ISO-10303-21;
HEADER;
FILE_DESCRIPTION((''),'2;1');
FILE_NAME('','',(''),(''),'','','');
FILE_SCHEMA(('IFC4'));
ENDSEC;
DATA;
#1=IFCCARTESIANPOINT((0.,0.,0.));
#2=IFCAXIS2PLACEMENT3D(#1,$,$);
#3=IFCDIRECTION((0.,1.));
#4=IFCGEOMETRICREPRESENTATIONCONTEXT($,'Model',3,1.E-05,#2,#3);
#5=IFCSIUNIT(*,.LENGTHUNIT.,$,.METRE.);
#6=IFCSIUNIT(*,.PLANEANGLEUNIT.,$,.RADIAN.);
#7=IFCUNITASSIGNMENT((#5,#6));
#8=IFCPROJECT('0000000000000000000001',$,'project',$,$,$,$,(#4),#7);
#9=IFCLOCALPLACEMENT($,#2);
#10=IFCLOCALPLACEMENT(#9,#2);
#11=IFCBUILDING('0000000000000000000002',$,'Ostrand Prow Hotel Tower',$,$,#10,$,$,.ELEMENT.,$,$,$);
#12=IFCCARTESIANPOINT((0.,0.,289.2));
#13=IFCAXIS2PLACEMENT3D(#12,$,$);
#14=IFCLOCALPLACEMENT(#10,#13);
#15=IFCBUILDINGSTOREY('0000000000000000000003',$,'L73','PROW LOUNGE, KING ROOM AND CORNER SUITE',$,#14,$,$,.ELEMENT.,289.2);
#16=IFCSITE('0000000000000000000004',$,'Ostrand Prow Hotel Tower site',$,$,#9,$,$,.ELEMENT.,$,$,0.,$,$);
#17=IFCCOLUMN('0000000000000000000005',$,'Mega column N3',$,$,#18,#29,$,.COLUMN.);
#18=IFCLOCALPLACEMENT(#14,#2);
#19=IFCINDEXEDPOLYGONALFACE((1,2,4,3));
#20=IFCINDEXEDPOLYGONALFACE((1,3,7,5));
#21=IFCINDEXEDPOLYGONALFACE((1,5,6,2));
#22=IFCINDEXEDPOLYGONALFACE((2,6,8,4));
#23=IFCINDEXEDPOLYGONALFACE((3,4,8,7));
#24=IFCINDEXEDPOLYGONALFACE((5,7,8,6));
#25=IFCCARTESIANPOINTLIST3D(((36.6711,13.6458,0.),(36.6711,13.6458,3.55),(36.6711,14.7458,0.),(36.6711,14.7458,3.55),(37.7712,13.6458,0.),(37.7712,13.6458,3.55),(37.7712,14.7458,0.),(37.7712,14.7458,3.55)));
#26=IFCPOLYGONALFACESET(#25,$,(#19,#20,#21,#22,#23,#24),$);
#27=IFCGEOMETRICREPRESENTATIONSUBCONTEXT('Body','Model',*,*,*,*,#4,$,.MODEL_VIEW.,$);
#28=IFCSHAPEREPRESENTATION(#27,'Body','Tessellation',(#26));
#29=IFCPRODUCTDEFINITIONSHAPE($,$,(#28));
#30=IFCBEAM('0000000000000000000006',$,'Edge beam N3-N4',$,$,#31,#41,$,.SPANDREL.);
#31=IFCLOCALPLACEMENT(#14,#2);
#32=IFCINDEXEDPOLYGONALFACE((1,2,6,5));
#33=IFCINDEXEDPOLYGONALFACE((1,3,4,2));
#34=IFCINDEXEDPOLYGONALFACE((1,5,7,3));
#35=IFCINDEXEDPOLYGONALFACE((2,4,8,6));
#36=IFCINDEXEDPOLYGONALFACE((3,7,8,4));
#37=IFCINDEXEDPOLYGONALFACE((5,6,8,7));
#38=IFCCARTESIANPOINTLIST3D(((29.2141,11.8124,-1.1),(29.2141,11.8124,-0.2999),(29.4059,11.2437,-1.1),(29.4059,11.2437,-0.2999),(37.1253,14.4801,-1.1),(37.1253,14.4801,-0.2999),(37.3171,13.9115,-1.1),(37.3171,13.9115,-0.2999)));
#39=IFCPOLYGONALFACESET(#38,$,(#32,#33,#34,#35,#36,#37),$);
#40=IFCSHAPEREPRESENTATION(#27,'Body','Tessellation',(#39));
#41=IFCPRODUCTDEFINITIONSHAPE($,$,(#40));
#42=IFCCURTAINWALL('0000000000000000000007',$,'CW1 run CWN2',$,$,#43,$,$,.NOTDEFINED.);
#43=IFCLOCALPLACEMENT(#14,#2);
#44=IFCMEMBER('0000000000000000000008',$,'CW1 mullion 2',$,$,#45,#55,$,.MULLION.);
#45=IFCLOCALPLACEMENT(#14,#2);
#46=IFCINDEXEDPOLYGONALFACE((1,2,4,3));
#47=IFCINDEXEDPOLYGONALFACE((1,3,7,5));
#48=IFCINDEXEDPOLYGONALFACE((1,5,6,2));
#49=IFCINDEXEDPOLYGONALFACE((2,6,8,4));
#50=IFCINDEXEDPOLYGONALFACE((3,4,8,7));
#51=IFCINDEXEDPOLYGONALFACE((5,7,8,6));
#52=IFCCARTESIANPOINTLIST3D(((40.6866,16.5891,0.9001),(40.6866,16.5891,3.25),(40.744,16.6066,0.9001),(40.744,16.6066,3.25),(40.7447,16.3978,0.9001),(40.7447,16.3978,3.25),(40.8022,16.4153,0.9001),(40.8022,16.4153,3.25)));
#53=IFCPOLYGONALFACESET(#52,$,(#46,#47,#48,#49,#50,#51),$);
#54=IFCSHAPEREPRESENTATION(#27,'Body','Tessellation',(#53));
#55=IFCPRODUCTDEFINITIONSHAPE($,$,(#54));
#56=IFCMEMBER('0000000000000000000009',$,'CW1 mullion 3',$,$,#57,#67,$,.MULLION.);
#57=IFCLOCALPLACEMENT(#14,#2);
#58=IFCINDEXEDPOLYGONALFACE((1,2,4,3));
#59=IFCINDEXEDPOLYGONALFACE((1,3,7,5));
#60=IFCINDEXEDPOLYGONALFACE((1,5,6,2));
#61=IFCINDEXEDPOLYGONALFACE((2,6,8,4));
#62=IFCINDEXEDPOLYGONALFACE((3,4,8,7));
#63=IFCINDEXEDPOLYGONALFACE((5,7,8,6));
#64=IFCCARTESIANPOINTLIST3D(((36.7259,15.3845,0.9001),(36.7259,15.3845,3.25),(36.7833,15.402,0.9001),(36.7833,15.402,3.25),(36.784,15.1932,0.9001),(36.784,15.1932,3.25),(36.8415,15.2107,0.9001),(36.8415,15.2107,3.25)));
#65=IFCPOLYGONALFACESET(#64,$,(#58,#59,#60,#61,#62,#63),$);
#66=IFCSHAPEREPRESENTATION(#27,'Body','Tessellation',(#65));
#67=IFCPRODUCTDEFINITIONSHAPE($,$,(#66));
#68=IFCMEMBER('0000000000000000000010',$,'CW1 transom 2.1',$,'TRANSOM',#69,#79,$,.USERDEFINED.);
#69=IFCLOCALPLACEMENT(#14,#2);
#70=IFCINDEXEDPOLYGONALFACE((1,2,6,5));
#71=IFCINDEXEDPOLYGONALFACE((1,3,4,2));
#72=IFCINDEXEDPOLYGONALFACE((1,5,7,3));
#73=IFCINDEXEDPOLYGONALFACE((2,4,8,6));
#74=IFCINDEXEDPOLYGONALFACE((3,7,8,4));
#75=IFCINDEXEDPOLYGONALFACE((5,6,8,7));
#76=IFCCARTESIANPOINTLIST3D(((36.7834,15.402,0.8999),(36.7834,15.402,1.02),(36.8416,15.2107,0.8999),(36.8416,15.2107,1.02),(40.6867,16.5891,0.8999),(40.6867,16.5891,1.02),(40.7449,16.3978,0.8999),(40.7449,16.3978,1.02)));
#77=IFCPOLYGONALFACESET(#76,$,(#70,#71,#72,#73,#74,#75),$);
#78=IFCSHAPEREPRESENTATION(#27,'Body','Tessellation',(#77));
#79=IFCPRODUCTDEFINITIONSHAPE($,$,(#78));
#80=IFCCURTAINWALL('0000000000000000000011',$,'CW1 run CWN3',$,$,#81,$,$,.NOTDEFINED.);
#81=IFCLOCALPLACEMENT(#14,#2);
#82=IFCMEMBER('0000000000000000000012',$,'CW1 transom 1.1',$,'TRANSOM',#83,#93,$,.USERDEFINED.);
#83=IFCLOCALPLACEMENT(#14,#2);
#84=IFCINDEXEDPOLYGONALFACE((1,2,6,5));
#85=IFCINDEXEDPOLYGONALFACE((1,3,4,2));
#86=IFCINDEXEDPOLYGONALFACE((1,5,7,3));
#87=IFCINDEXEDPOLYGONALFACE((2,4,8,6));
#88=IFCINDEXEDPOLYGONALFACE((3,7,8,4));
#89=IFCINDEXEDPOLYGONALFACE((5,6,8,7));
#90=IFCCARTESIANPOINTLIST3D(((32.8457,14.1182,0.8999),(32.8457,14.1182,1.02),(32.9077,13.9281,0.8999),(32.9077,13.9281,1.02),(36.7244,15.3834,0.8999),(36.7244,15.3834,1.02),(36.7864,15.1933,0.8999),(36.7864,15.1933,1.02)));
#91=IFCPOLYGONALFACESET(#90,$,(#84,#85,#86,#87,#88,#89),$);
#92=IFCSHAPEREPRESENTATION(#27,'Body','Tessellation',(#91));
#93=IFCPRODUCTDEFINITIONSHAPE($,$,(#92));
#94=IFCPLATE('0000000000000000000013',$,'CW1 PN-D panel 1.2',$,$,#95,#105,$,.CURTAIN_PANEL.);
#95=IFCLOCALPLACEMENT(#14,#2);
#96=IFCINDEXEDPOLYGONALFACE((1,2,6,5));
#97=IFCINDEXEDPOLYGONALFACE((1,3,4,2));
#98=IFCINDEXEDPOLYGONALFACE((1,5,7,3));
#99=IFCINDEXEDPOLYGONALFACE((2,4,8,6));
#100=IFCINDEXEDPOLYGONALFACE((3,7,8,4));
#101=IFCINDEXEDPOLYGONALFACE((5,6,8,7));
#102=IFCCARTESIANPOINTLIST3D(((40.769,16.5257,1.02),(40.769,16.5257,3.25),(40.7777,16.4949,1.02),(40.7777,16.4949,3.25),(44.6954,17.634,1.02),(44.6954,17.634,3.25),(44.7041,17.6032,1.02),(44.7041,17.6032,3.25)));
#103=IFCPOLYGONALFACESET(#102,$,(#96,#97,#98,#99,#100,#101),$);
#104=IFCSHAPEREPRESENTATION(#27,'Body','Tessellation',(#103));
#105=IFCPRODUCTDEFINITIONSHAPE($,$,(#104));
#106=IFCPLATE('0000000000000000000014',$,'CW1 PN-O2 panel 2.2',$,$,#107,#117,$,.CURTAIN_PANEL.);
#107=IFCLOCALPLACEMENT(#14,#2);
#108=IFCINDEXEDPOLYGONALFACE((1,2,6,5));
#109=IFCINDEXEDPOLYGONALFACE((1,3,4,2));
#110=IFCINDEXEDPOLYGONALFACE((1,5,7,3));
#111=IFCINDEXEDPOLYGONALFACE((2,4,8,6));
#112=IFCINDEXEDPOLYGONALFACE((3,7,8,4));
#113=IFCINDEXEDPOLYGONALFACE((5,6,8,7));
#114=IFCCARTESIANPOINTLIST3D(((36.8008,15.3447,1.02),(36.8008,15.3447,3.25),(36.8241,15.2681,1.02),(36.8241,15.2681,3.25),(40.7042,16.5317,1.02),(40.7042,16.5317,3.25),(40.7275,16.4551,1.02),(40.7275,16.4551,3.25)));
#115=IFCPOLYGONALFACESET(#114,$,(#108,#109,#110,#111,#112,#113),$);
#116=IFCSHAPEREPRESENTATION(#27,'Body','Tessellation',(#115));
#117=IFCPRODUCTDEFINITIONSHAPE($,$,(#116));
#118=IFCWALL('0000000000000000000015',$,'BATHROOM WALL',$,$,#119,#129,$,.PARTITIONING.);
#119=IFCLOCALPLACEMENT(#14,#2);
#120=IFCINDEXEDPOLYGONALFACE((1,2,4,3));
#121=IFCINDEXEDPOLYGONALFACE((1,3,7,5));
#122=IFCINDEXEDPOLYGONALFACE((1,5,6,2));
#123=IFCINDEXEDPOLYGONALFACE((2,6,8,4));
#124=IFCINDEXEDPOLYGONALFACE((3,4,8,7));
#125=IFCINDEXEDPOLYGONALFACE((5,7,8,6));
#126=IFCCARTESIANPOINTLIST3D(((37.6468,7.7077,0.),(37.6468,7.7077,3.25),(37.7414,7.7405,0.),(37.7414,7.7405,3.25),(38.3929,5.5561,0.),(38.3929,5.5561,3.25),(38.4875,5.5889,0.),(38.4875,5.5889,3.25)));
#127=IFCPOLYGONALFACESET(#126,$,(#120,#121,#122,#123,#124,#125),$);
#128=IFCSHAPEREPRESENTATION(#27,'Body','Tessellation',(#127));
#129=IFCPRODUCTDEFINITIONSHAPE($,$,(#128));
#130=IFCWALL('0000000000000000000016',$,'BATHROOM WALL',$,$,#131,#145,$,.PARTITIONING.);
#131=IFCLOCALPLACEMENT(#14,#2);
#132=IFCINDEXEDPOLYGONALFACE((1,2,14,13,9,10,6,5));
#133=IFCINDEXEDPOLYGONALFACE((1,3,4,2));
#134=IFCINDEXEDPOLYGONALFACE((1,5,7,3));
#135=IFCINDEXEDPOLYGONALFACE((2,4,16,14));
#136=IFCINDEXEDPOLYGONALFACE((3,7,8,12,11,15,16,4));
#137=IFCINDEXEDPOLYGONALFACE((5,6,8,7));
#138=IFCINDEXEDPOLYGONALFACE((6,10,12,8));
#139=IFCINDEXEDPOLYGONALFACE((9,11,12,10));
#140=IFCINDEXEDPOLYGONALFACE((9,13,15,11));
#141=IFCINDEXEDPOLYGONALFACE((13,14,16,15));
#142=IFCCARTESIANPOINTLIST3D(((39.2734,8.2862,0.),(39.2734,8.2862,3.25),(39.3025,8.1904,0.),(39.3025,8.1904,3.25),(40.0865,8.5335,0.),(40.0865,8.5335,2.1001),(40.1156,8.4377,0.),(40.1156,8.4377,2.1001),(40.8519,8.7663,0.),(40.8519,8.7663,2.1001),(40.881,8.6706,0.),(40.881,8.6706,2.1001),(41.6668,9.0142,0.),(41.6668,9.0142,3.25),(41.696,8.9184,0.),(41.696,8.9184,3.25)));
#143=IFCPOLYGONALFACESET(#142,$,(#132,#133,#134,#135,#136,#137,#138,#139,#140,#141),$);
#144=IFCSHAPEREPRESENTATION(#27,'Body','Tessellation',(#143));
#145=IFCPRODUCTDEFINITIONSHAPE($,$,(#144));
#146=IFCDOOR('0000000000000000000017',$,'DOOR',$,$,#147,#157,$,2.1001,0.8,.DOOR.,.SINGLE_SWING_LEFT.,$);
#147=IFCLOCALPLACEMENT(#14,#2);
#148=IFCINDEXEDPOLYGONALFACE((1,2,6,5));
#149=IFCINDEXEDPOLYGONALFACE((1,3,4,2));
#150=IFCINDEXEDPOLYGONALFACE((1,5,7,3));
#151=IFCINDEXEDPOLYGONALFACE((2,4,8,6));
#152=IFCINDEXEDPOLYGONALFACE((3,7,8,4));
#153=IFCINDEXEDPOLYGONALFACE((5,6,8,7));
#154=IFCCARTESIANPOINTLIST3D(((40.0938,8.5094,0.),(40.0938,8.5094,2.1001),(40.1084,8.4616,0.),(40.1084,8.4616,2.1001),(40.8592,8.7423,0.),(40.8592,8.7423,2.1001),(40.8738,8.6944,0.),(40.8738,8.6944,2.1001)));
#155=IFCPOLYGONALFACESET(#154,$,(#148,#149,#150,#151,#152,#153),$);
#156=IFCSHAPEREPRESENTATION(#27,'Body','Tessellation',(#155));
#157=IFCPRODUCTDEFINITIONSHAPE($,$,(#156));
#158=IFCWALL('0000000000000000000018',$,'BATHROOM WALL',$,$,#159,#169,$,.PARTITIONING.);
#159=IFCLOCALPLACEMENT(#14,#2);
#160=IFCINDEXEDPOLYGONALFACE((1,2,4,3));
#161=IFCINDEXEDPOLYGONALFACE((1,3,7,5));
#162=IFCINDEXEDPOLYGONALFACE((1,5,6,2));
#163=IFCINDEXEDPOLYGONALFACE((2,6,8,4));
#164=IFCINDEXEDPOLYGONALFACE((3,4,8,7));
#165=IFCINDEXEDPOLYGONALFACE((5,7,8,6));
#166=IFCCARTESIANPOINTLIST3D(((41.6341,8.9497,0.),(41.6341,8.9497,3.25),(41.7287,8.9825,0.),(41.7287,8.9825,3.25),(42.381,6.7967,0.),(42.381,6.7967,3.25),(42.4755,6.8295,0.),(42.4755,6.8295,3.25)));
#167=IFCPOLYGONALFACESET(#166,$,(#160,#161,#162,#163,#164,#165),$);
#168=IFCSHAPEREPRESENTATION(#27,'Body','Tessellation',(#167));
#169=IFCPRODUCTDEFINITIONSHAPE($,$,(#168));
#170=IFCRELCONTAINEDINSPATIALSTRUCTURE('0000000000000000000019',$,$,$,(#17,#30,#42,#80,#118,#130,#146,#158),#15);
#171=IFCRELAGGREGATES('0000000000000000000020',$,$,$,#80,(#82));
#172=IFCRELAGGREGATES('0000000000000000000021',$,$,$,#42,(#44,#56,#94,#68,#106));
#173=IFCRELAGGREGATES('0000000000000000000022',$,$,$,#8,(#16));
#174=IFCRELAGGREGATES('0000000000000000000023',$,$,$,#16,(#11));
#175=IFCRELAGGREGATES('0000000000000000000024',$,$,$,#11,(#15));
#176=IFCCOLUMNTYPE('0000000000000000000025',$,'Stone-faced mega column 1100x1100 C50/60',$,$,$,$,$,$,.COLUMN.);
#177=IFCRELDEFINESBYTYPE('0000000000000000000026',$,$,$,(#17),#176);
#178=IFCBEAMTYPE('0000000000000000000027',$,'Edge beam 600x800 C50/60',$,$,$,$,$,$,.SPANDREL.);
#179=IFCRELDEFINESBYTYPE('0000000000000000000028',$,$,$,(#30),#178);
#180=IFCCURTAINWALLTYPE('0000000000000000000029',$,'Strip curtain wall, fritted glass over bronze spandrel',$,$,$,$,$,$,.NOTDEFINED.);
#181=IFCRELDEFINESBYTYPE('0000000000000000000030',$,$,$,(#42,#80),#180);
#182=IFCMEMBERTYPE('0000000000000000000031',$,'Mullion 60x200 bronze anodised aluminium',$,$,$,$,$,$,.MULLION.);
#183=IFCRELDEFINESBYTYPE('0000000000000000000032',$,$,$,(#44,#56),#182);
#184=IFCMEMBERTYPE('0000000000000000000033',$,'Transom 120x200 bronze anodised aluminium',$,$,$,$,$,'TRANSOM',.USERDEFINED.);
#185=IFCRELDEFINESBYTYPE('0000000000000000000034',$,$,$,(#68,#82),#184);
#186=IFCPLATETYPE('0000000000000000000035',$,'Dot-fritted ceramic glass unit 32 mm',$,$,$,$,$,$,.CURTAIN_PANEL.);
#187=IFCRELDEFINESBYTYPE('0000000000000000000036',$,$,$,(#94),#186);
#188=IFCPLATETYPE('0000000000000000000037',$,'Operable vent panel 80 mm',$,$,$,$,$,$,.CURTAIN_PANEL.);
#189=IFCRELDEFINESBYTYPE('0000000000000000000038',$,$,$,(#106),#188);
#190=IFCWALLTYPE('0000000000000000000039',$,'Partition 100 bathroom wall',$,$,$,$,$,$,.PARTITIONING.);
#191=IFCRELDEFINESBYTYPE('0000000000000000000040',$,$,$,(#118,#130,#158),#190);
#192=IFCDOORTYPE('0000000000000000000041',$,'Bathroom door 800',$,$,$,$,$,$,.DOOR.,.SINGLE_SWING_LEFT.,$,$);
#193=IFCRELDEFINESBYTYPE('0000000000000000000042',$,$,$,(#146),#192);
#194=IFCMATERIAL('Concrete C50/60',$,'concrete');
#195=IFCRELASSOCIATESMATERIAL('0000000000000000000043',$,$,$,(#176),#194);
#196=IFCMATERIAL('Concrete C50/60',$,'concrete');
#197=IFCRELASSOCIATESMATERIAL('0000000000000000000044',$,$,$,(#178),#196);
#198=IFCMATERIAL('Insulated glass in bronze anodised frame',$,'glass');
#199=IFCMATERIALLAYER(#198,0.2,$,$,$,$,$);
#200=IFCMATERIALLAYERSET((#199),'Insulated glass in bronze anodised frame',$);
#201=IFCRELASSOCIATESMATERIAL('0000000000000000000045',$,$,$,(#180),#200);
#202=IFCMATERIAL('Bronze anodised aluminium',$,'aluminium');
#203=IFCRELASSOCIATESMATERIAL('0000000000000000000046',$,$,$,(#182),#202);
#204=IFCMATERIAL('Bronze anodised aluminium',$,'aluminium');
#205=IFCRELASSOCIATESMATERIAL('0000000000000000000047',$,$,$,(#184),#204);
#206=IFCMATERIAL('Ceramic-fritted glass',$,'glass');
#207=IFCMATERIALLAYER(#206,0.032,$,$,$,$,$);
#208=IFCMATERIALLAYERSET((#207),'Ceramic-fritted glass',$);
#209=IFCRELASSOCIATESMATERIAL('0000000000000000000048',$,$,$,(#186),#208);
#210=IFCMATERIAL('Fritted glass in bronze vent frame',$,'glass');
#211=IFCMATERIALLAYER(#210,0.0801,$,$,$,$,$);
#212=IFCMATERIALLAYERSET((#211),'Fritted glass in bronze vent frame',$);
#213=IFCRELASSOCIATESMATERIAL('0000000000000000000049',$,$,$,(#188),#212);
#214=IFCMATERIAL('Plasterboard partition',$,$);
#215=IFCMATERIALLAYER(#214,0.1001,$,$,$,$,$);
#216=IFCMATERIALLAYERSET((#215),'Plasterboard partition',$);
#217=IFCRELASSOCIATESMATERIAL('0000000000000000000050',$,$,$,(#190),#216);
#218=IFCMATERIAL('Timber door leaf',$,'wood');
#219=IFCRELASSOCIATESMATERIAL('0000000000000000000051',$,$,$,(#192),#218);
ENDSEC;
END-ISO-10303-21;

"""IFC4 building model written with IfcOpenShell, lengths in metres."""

from ifc_helpers import new_model, si_unit, direction, frame, frame_2d, origin, origin_2d, place, context, subcontext, project, spatial, rectangle, extrude, material, layer, layer_set, material_profile, profile_set, type_object, element, fill, aggregate, save


model = new_model("IFC4")

# Units and contexts
model_context = context("Model", 3, precision=1e-05, world=origin(), true_north=direction((0.0, 1.0)))
body_context = subcontext(model_context, "Body", "Model", "MODEL_VIEW")
ifc_project = project(units=[si_unit("LENGTHUNIT", "METRE"), si_unit("PLANEANGLEUNIT", "RADIAN")], contexts=[model_context])

# Site, building, storey
site_placement = place(None, origin())
site = spatial("IfcSite", under=ifc_project, at=site_placement, Name="Ostrand Prow Hotel Tower site", CompositionType="ELEMENT", RefElevation=0.0)
building_placement = place(site_placement, origin())
building = spatial("IfcBuilding", under=site, at=building_placement, Name="Ostrand Prow Hotel Tower", CompositionType="ELEMENT")
storey_placement = place(building_placement, frame((0.0, 0.0, 289.2)))
storey = spatial("IfcBuildingStorey", under=building, at=storey_placement, Name="L73", Description="PROW LOUNGE, KING ROOM AND CORNER SUITE", CompositionType="ELEMENT", Elevation=289.2)

# Column
ifc_material_1 = material(Name="Concrete C50/60", Category="concrete")
ifc_material_profile_1 = material_profile(ifc_material_1, rectangle(XDim=1.1001, YDim=1.1001, at=origin_2d()), Name="RC 1100x1100")
ifc_profile_set_1 = profile_set([ifc_material_profile_1], Name="Concrete C50/60")
column_type = type_object("IfcColumnType", Name="Stone-faced mega column 1100x1100 C50/60", PredefinedType="COLUMN", material=ifc_profile_set_1)
column_placement = place(storey_placement, frame((37.2212, 14.1958, 0.0), z_axis=(0.0, 0.0, 1.0), x_axis=(1.0, 0.0, 0.0)))
element("IfcColumn", 1, at=column_placement, inside=storey, type_object=column_type, Name="Mega column N3", PredefinedType="COLUMN", context=body_context, shape_type="SweptSolid", body=[
    extrude(rectangle(XDim=1.1001, YDim=1.1001, at=origin_2d()), origin(), (0.0, 0.0, 1.0), 3.55),
])

# Beam
ifc_material_2 = material(Name="Concrete C50/60", Category="concrete")
ifc_material_profile_2 = material_profile(ifc_material_2, rectangle(XDim=0.6001, YDim=0.8, at=origin_2d()), Name="RC 600x800")
ifc_profile_set_2 = profile_set([ifc_material_profile_2], Name="Concrete C50/60")
beam_type = type_object("IfcBeamType", Name="Edge beam 600x800 C50/60", PredefinedType="SPANDREL", material=ifc_profile_set_2)
beam_placement = place(storey_placement, frame((37.2212, 14.1958, -0.7), z_axis=(-0.947575, -0.319533, 0.0), x_axis=(0.319533, -0.947575, 0.0)))
element("IfcBeam", 2, at=beam_placement, inside=storey, type_object=beam_type, Name="Edge beam N3-N4", PredefinedType="SPANDREL", context=body_context, shape_type="SweptSolid", body=[
    extrude(rectangle(XDim=0.6001, YDim=0.8, at=origin_2d()), origin(), (0.0, 0.0, 1.0), 8.3489),
])

# Curtain wall, members
ifc_material_3 = material(Name="Insulated glass in bronze anodised frame", Category="glass")
ifc_layer_1 = layer(ifc_material_3, 0.2)
ifc_layer_set_1 = layer_set([ifc_layer_1], Name="Insulated glass in bronze anodised frame")
curtain_wall_type = type_object("IfcCurtainWallType", Name="Strip curtain wall, fritted glass over bronze spandrel", PredefinedType="NOTDEFINED", material=ifc_layer_set_1)
curtain_wall_1_placement = place(storey_placement, origin())
curtain_wall_1 = element("IfcCurtainWall", 3, at=curtain_wall_1_placement, inside=storey, type_object=curtain_wall_type, Name="CW1 run CWN2", PredefinedType="NOTDEFINED")
ifc_material_4 = material(Name="Bronze anodised aluminium", Category="aluminium")
ifc_material_profile_3 = material_profile(ifc_material_4, rectangle(XDim=0.2, YDim=0.0601, at=origin_2d()), Name="Mullion 60x200 bronze anodised aluminium")
ifc_profile_set_3 = profile_set([ifc_material_profile_3], Name="Bronze anodised aluminium")
member_type_1 = type_object("IfcMemberType", Name="Mullion 60x200 bronze anodised aluminium", PredefinedType="MULLION", material=ifc_profile_set_3)
member_1_placement = place(storey_placement, frame((40.7444, 16.5022, 0.9001), z_axis=(0.0, 0.0, 1.0), x_axis=(0.290938, -0.956742, 0.0)))
member_1 = element("IfcMember", 4, at=member_1_placement, type_object=member_type_1, Name="CW1 mullion 2", PredefinedType="MULLION", context=body_context, shape_type="SweptSolid", body=[
    extrude(rectangle(XDim=0.2, YDim=0.0601, at=origin_2d()), origin(), (0.0, 0.0, 1.0), 2.3499),
])
member_2_placement = place(storey_placement, frame((36.7837, 15.2976, 0.9001), z_axis=(0.0, 0.0, 1.0), x_axis=(0.290938, -0.956742, 0.0)))
member_2 = element("IfcMember", 5, at=member_2_placement, type_object=member_type_1, Name="CW1 mullion 3", PredefinedType="MULLION", context=body_context, shape_type="SweptSolid", body=[
    extrude(rectangle(XDim=0.2, YDim=0.0601, at=origin_2d()), origin(), (0.0, 0.0, 1.0), 2.3499),
])
ifc_material_5 = material(Name="Bronze anodised aluminium", Category="aluminium")
ifc_material_profile_4 = material_profile(ifc_material_5, rectangle(XDim=0.2, YDim=0.1201, at=origin_2d()), Name="Transom 120x200 bronze anodised aluminium")
ifc_profile_set_4 = profile_set([ifc_material_profile_4], Name="Bronze anodised aluminium")
member_type_2 = type_object("IfcMemberType", Name="Transom 120x200 bronze anodised aluminium", ElementType="TRANSOM", PredefinedType="USERDEFINED", material=ifc_profile_set_4)
member_3_placement = place(storey_placement, frame((40.7158, 16.4934, 0.96), z_axis=(-0.956739, -0.290947, 0.0), x_axis=(0.290947, -0.956739, 0.0)))
member_3 = element("IfcMember", 6, at=member_3_placement, type_object=member_type_2, Name="CW1 transom 2.1", ObjectType="TRANSOM", PredefinedType="USERDEFINED", context=body_context, shape_type="SweptSolid", body=[
    extrude(rectangle(XDim=0.2, YDim=0.1201, at=origin_2d()), origin(), (0.0, 0.0, 1.0), 4.0798),
])

# Curtain wall, member
curtain_wall_2_placement = place(storey_placement, origin())
curtain_wall_2 = element("IfcCurtainWall", 7, at=curtain_wall_2_placement, inside=storey, type_object=curtain_wall_type, Name="CW1 run CWN3", PredefinedType="NOTDEFINED")
member_4_placement = place(storey_placement, frame((36.7554, 15.2883, 0.96), z_axis=(-0.950704, -0.310099, 0.0), x_axis=(0.310099, -0.950704, 0.0)))
member_4 = element("IfcMember", 8, at=member_4_placement, type_object=member_type_2, Name="CW1 transom 1.1", ObjectType="TRANSOM", PredefinedType="USERDEFINED", context=body_context, shape_type="SweptSolid", body=[
    extrude(rectangle(XDim=0.2, YDim=0.1201, at=origin_2d()), origin(), (0.0, 0.0, 1.0), 4.0798),
])
aggregate(curtain_wall_2, [member_4])

# Plates
ifc_material_6 = material(Name="Ceramic-fritted glass", Category="glass")
ifc_layer_2 = layer(ifc_material_6, 0.032)
ifc_layer_set_2 = layer_set([ifc_layer_2], Name="Ceramic-fritted glass")
plate_type_1 = type_object("IfcPlateType", Name="Dot-fritted ceramic glass unit 32 mm", PredefinedType="CURTAIN_PANEL", material=ifc_layer_set_2)
plate_1_placement = place(storey_placement, frame((42.7366, 17.0645, 1.02), z_axis=(0.0, 0.0, 1.0), x_axis=(-0.962396, -0.271649, 0.0)))
plate_1 = element("IfcPlate", 9, at=plate_1_placement, type_object=plate_type_1, Name="CW1 PN-D panel 1.2", PredefinedType="CURTAIN_PANEL", context=body_context, shape_type="SweptSolid", body=[
    extrude(rectangle(XDim=4.0798, YDim=0.032, at=origin_2d()), origin(), (0.0, 0.0, 1.0), 2.23),
])
ifc_material_7 = material(Name="Fritted glass in bronze vent frame", Category="glass")
ifc_layer_3 = layer(ifc_material_7, 0.0801)
ifc_layer_set_3 = layer_set([ifc_layer_3], Name="Fritted glass in bronze vent frame")
plate_type_2 = type_object("IfcPlateType", Name="Operable vent panel 80 mm", PredefinedType="CURTAIN_PANEL", material=ifc_layer_set_3)
plate_2_placement = place(storey_placement, frame((38.7642, 15.8999, 1.02), z_axis=(0.0, 0.0, 1.0), x_axis=(-0.956742, -0.290938, 0.0)))
plate_2 = element("IfcPlate", 10, at=plate_2_placement, type_object=plate_type_2, Name="CW1 PN-O2 panel 2.2", PredefinedType="CURTAIN_PANEL", context=body_context, shape_type="SweptSolid", body=[
    extrude(rectangle(XDim=4.0798, YDim=0.0801, at=origin_2d()), origin(), (0.0, 0.0, 1.0), 2.23),
])
aggregate(curtain_wall_1, [member_1, member_2, plate_1, member_3, plate_2])

# Wall
ifc_material_8 = material(Name="Plasterboard partition")
ifc_layer_4 = layer(ifc_material_8, 0.1001)
ifc_layer_set_4 = layer_set([ifc_layer_4], Name="Plasterboard partition")
wall_type_1 = type_object("IfcWallType", Name="Partition 100 bathroom wall", PredefinedType="PARTITIONING", material=ifc_layer_set_4)
wall_1_placement = place(storey_placement, frame((37.6941, 7.7241, 0.0), z_axis=(0.0, 0.0, 1.0), x_axis=(0.327622, -0.944809, 0.0)))
element("IfcWall", 11, at=wall_1_placement, inside=storey, type_object=wall_type_1, Name="BATHROOM WALL", PredefinedType="PARTITIONING", context=body_context, shape_type="SweptSolid", body=[
    extrude(rectangle(XDim=2.2773, YDim=0.1001, at=frame_2d((1.1387, 0.0))), origin(), (0.0, 0.0, 1.0), 3.25),
])

# Wall, opening, door
wall_2_placement = place(storey_placement, frame((39.2878, 8.2383, 0.0), z_axis=(0.0, 0.0, 1.0), x_axis=(0.956724, 0.290999, 0.0)))
wall_2 = element("IfcWall", 12, at=wall_2_placement, inside=storey, type_object=wall_type_1, Name="BATHROOM WALL", PredefinedType="PARTITIONING", context=body_context, shape_type="SweptSolid", body=[
    extrude(rectangle(XDim=2.5017, YDim=0.1001, at=frame_2d((1.251, 0.0))), origin(), (0.0, 0.0, 1.0), 3.25),
])
opening_1_placement = place(wall_2_placement, frame((0.8501, 0.0, 0.0)))
opening_1 = element("IfcOpeningElement", 13, at=opening_1_placement, cuts=wall_2, PredefinedType="OPENING", context=body_context, shape_type="SweptSolid", body=[
    extrude(rectangle(XDim=0.8, YDim=2.1001, at=frame_2d((0.3999, 1.05))), frame((0.0, 0.0601, 0.0), z_axis=(0.0, -1.0, 0.0), x_axis=(1.0, 0.0, 0.0)), (0.0, 0.0, 1.0), 0.1201),
])
ifc_material_9 = material(Name="Timber door leaf", Category="wood")
door_type_1 = type_object("IfcDoorType", Name="Bathroom door 800", OperationType="SINGLE_SWING_LEFT", PredefinedType="DOOR", material=ifc_material_9)
door_1_placement = place(opening_1_placement, origin())
door_1 = element("IfcDoor", 14, at=door_1_placement, inside=storey, type_object=door_type_1, Name="DOOR", OperationType="SINGLE_SWING_LEFT", OverallHeight=2.1001, OverallWidth=0.8, PredefinedType="DOOR", context=body_context, shape_type="SweptSolid", body=[
    extrude(rectangle(XDim=0.8, YDim=2.1001, at=frame_2d((0.3999, 1.05))), frame((0.0, 0.0249, 0.0), z_axis=(0.0, -1.0, 0.0), x_axis=(1.0, 0.0, 0.0)), (0.0, 0.0, 1.0), 0.05),
])
fill(opening_1, door_1)

# Wall
wall_3_placement = place(storey_placement, frame((41.6814, 8.9661, 0.0), z_axis=(0.0, 0.0, 1.0), x_axis=(0.327743, -0.944767, 0.0)))
element("IfcWall", 15, at=wall_3_placement, inside=storey, type_object=wall_type_1, Name="BATHROOM WALL", PredefinedType="PARTITIONING", context=body_context, shape_type="SweptSolid", body=[
    extrude(rectangle(XDim=2.2788, YDim=0.1001, at=frame_2d((1.1394, 0.0))), origin(), (0.0, 0.0, 1.0), 3.25),
])

save(model, "model.ifc")
